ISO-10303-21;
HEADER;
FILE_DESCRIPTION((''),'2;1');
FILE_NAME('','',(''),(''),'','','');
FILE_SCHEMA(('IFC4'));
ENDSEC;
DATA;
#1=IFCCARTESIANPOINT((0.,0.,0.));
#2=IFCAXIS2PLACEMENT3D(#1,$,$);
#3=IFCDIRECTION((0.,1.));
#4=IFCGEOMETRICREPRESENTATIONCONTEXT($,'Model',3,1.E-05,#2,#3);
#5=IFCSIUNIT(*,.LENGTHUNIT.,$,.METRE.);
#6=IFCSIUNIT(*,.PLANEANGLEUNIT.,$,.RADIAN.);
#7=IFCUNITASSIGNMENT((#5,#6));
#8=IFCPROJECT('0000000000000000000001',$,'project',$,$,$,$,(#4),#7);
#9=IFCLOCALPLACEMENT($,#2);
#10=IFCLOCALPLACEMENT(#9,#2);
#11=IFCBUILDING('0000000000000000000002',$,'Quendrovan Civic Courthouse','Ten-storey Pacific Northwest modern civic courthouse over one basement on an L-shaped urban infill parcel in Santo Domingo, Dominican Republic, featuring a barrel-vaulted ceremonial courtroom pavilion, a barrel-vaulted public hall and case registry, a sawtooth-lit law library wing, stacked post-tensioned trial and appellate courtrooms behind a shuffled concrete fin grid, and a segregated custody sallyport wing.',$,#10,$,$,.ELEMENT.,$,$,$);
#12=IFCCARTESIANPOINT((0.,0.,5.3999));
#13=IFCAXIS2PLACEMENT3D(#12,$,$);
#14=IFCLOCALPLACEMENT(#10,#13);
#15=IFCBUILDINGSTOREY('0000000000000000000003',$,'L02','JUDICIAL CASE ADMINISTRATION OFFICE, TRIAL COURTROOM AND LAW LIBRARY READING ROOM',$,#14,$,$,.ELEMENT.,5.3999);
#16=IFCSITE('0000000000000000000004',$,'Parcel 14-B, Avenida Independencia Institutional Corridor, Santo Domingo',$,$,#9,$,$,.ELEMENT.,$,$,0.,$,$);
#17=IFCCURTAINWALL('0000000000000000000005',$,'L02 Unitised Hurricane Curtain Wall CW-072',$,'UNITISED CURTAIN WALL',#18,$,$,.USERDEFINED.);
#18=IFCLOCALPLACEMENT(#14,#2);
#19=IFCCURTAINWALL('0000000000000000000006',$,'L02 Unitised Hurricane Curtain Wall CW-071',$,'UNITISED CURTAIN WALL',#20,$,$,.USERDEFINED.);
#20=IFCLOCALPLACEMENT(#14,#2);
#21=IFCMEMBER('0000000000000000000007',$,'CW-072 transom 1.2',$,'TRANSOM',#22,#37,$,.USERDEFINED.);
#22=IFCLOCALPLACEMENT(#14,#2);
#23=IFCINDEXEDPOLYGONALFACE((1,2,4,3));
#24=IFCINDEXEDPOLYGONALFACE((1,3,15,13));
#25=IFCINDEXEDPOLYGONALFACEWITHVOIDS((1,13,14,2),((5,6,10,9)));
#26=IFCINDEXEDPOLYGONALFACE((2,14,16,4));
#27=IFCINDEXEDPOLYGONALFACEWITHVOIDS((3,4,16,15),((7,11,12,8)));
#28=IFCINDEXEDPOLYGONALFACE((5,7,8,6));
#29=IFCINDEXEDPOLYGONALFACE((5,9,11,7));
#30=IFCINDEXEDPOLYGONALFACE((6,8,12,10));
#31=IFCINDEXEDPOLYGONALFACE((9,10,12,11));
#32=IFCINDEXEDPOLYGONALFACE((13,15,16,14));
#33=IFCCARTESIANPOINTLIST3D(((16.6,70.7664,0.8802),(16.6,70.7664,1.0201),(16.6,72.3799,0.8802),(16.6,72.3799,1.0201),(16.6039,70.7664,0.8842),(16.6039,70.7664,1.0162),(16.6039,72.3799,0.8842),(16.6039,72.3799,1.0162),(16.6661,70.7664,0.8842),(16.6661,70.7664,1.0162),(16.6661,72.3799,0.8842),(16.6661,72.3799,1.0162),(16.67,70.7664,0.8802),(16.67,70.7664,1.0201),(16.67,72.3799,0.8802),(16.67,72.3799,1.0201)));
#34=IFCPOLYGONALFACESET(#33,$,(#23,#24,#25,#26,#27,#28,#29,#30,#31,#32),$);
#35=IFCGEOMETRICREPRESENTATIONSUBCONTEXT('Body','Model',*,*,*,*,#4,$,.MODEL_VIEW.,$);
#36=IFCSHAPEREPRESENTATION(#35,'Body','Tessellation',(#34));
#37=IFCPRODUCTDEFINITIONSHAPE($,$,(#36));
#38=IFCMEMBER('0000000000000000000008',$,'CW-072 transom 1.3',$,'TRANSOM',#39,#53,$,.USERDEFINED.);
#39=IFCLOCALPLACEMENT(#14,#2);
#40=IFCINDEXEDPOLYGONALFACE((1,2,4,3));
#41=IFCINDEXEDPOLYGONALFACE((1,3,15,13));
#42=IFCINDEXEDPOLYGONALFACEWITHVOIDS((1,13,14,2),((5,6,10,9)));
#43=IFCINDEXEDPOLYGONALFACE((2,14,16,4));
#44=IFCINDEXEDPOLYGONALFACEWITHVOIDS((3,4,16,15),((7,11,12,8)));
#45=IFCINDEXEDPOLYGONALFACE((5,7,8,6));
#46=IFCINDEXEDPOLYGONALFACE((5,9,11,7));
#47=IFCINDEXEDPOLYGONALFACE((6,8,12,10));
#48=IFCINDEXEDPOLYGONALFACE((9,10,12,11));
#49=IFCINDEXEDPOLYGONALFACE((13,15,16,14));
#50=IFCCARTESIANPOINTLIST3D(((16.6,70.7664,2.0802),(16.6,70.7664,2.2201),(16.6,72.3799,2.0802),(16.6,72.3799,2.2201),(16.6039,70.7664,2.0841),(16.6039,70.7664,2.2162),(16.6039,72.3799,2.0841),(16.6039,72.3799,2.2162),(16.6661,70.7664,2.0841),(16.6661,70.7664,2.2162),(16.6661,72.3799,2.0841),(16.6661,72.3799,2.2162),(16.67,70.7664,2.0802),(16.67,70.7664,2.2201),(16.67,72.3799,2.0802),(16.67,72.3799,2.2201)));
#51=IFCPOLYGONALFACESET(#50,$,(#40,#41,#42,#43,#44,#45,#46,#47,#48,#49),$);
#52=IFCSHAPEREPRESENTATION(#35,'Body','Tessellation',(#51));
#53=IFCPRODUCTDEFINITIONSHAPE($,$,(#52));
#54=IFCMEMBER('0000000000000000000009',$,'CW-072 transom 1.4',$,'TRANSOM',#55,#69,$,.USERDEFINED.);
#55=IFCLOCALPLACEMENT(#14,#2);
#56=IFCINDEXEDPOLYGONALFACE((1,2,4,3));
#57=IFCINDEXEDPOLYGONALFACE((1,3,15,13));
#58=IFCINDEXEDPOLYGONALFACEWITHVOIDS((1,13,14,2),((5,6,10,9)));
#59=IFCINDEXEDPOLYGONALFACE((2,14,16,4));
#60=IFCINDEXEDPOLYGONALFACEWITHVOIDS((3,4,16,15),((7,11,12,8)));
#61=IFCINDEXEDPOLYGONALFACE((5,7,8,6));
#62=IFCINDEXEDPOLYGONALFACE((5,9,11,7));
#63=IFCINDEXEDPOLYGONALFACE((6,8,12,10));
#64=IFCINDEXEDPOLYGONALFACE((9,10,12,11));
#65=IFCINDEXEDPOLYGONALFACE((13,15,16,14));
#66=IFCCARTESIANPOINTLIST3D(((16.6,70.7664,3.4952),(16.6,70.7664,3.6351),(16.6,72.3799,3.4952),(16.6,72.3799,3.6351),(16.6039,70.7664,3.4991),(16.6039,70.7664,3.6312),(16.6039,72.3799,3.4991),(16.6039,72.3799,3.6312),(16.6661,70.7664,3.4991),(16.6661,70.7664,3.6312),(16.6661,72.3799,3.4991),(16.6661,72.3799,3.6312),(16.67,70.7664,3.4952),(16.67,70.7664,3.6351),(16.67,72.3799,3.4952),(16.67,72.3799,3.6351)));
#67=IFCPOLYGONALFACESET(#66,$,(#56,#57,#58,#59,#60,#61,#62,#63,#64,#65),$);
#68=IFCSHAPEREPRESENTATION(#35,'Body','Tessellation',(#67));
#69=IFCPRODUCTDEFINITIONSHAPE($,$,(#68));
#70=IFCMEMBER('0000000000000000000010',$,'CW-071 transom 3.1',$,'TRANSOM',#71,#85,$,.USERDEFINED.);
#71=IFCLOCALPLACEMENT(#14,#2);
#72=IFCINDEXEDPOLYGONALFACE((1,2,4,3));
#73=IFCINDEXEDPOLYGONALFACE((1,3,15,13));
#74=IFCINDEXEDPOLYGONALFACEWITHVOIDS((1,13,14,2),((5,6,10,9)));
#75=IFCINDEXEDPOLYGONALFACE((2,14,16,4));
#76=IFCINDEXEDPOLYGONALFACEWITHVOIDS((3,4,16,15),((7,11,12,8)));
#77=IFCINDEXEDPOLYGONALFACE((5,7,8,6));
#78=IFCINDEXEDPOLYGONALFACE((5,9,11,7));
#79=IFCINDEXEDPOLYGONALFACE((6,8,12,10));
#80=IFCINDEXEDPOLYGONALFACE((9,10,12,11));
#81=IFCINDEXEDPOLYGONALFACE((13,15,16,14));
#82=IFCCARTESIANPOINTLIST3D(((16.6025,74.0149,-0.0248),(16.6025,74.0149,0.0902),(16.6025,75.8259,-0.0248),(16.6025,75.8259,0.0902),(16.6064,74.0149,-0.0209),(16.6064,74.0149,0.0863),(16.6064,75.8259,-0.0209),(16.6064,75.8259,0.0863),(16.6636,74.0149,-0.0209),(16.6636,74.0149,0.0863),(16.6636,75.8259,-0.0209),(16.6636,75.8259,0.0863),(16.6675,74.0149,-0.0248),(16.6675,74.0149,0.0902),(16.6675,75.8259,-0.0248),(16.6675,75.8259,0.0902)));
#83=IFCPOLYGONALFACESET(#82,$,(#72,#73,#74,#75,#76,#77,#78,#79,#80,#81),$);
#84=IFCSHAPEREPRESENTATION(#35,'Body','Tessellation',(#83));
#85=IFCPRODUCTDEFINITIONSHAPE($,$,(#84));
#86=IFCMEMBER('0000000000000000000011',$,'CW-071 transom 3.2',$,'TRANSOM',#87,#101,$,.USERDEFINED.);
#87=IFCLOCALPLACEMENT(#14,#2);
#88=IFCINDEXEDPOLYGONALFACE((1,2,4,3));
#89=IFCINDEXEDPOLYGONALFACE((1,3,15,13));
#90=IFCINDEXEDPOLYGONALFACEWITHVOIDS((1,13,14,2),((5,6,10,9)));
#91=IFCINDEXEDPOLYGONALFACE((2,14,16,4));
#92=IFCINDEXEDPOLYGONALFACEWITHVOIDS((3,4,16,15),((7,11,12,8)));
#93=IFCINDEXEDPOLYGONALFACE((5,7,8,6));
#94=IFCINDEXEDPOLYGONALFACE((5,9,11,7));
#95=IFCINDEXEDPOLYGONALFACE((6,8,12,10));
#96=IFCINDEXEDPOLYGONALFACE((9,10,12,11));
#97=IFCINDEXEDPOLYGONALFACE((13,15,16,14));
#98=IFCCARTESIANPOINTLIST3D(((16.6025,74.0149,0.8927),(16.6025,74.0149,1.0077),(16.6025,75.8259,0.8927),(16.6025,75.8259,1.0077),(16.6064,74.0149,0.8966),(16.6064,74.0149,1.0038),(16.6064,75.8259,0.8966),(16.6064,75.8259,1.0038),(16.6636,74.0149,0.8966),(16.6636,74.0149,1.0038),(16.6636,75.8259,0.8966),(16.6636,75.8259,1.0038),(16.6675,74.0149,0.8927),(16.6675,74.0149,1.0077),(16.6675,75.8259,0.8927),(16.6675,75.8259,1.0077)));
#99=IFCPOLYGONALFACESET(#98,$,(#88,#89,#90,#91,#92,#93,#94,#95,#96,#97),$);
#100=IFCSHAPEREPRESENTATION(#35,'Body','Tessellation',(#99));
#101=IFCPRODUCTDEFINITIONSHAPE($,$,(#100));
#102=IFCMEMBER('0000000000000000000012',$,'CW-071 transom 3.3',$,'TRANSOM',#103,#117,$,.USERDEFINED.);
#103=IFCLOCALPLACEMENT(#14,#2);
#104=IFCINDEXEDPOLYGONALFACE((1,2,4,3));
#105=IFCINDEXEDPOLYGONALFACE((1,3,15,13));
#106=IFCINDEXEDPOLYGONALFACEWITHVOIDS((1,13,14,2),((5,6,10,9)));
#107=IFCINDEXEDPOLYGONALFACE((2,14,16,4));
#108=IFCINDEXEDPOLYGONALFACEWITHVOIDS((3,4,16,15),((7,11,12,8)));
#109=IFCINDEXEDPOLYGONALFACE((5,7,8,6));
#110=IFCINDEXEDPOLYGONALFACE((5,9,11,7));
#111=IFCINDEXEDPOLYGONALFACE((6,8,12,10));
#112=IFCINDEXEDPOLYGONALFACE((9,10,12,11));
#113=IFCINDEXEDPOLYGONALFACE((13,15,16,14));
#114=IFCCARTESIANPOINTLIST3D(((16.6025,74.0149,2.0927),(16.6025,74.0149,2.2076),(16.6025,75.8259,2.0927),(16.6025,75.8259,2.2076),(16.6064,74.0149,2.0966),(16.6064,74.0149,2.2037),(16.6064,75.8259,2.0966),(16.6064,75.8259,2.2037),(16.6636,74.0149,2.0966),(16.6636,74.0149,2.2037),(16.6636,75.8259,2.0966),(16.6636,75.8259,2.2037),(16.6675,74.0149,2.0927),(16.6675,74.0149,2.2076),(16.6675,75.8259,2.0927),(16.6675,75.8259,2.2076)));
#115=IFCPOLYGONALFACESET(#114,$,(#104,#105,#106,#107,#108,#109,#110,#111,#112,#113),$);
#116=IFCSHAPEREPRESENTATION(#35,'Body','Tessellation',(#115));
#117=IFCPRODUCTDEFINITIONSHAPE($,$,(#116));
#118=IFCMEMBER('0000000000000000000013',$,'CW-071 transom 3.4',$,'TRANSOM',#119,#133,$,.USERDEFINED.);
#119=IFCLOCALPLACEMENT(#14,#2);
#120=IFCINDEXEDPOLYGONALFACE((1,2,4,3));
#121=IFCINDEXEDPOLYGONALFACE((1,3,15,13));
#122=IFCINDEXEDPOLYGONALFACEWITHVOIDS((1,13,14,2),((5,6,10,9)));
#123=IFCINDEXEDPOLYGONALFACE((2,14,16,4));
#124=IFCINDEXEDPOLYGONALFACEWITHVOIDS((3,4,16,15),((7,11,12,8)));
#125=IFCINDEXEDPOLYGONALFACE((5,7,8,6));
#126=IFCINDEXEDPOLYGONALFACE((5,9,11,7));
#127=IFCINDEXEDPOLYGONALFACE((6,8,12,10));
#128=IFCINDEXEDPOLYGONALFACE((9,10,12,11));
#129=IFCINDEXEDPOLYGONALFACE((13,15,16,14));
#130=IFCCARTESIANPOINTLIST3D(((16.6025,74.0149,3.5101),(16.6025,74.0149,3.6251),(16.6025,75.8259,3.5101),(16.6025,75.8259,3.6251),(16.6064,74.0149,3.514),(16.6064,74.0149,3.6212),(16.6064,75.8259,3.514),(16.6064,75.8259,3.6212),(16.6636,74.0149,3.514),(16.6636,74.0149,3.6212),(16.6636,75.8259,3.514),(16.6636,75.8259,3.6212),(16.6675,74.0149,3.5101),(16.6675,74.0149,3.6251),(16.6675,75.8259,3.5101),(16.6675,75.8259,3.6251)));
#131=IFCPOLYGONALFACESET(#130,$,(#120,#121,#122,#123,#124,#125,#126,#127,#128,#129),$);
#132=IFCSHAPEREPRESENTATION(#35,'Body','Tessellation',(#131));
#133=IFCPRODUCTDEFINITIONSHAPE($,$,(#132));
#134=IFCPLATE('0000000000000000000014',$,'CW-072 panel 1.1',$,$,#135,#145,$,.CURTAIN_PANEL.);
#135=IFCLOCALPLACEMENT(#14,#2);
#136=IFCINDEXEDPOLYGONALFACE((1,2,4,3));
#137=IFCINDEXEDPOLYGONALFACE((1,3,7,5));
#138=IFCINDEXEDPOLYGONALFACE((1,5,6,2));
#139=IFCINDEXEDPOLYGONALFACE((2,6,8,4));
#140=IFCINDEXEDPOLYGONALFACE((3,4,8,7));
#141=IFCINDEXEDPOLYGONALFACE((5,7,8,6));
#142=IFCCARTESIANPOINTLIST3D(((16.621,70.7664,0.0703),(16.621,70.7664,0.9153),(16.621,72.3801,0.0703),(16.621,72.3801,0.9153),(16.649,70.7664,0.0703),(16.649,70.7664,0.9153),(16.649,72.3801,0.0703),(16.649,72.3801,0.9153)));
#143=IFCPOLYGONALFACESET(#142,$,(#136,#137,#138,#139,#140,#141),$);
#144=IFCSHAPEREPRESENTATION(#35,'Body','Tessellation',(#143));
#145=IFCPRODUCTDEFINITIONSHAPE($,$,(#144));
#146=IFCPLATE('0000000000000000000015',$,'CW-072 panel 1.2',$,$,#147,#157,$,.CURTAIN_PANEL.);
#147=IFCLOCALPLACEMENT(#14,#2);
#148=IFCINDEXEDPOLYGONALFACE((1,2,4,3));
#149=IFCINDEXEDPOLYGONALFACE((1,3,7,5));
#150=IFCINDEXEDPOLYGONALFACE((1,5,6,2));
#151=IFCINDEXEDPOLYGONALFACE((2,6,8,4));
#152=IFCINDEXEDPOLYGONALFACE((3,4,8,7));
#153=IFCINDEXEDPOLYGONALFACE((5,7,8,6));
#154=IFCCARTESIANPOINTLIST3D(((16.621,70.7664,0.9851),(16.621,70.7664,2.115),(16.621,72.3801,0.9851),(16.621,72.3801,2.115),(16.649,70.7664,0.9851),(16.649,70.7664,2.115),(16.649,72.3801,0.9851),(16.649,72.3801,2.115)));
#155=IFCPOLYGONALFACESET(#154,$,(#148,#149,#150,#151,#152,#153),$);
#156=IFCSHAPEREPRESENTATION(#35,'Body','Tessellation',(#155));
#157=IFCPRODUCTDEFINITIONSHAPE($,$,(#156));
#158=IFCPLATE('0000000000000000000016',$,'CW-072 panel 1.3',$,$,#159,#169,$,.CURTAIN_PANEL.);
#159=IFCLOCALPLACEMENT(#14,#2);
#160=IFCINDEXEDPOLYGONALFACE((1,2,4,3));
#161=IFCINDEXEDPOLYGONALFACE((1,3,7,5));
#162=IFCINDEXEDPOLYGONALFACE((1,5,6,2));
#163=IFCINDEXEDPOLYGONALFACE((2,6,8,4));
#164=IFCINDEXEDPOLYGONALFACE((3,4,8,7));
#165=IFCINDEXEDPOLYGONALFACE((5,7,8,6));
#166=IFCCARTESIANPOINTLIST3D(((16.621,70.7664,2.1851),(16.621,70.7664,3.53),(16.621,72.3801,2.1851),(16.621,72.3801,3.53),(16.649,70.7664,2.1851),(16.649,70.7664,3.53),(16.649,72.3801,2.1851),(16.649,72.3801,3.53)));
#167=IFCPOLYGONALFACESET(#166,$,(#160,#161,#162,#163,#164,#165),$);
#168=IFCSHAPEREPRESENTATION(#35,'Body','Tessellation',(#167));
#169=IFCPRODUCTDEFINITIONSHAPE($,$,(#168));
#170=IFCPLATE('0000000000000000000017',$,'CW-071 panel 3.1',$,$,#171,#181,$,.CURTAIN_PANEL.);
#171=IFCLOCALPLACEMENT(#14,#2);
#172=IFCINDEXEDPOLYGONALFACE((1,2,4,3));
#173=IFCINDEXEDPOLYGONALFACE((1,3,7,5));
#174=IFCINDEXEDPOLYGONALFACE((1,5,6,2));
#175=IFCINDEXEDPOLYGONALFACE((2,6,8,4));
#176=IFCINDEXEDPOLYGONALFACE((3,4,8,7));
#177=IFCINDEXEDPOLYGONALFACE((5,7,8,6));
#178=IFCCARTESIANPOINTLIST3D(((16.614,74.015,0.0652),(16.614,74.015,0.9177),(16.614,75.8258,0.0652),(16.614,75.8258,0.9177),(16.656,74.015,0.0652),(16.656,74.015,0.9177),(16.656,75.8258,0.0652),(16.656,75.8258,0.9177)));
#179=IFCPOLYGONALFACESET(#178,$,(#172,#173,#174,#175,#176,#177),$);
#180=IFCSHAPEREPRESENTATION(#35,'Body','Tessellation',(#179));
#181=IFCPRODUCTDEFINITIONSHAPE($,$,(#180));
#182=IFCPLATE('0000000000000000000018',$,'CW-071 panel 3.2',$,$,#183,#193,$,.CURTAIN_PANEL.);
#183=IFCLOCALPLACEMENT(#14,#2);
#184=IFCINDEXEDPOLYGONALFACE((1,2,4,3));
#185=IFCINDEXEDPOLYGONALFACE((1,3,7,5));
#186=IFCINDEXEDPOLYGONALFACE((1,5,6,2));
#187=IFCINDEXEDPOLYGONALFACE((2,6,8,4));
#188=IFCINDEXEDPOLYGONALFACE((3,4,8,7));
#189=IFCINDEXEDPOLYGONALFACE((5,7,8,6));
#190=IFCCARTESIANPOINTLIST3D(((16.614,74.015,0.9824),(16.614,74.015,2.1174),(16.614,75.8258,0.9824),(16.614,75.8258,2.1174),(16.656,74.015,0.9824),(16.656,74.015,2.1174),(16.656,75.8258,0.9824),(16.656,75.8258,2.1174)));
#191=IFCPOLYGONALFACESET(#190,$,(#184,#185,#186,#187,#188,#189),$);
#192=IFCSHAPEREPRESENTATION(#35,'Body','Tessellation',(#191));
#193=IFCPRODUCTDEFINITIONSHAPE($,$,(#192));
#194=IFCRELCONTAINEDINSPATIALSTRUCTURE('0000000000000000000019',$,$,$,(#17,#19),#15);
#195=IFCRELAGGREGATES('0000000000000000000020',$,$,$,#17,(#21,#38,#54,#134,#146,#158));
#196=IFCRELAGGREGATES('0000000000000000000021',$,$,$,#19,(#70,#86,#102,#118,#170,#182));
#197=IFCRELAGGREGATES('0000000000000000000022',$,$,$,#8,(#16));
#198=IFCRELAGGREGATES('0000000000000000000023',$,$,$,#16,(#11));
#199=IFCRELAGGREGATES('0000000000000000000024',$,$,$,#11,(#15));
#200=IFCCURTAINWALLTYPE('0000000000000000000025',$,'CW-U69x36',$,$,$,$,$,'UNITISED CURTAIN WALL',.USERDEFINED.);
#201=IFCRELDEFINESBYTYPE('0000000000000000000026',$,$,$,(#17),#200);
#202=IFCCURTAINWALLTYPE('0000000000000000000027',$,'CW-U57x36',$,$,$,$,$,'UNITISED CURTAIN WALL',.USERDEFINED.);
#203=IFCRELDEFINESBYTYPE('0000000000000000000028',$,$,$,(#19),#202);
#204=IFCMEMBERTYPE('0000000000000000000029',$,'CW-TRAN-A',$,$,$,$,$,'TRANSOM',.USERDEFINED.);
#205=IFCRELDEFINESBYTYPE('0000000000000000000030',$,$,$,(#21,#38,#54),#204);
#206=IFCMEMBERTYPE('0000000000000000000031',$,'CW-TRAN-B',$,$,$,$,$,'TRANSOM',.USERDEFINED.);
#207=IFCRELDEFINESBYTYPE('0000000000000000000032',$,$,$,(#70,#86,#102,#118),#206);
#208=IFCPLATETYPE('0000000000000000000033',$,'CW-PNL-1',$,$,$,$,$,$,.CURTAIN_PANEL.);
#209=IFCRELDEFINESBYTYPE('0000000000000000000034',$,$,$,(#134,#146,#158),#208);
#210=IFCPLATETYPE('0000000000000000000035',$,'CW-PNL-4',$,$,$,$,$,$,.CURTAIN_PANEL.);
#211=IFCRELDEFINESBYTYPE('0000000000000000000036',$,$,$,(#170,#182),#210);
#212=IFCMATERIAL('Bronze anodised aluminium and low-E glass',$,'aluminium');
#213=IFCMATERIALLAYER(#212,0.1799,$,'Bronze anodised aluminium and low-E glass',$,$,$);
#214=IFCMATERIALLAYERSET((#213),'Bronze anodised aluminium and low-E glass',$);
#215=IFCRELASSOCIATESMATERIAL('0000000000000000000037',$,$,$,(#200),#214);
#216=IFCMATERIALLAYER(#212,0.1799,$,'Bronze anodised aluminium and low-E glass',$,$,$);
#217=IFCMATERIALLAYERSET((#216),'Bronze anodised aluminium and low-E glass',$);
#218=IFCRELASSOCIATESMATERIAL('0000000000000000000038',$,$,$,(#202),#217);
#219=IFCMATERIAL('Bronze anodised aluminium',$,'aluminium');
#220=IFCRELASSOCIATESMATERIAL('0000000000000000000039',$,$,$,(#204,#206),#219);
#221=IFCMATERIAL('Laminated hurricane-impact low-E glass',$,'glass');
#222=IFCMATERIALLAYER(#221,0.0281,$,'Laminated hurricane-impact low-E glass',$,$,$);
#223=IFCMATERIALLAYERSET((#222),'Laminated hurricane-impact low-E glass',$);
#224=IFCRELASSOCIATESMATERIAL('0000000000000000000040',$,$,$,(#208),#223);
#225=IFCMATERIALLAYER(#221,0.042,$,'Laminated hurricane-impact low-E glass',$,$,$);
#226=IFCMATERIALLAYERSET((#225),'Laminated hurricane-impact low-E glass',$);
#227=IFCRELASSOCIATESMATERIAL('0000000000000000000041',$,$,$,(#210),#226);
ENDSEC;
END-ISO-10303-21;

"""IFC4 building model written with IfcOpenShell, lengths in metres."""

from ifc_helpers import new_model, si_unit, direction, frame, origin, origin_2d, place, context, subcontext, project, spatial, rectangle, hollow_rectangle, extrude, material, layer, layer_set, material_profile, profile_set, type_object, element, aggregate, save


model = new_model("IFC4")

# Units and contexts
model_context = context("Model", 3, precision=1e-05, world=origin(), true_north=direction((0.0, 1.0)))
body_context = subcontext(model_context, "Body", "Model", "MODEL_VIEW")
ifc_project = project(units=[si_unit("LENGTHUNIT", "METRE"), si_unit("PLANEANGLEUNIT", "RADIAN")], contexts=[model_context])

# Site, building, storey
site_placement = place(None, origin())
site = spatial("IfcSite", under=ifc_project, at=site_placement, Name="Parcel 14-B, Avenida Independencia Institutional Corridor, Santo Domingo", CompositionType="ELEMENT", RefElevation=0.0)
building_placement = place(site_placement, origin())
building = spatial("IfcBuilding", under=site, at=building_placement, Name="Quendrovan Civic Courthouse", Description="Ten-storey Pacific Northwest modern civic courthouse over one basement on an L-shaped urban infill parcel in Santo Domingo, Dominican Republic, featuring a barrel-vaulted ceremonial courtroom pavilion, a barrel-vaulted public hall and case registry, a sawtooth-lit law library wing, stacked post-tensioned trial and appellate courtrooms behind a shuffled concrete fin grid, and a segregated custody sallyport wing.", CompositionType="ELEMENT")
storey_placement = place(building_placement, frame((0.0, 0.0, 5.3999)))
storey = spatial("IfcBuildingStorey", under=building, at=storey_placement, Name="L02", Description="JUDICIAL CASE ADMINISTRATION OFFICE, TRIAL COURTROOM AND LAW LIBRARY READING ROOM", CompositionType="ELEMENT", Elevation=5.3999)

# Curtain wall
ifc_material_1 = material(Name="Bronze anodised aluminium and low-E glass", Category="aluminium")
ifc_layer_1 = layer(ifc_material_1, 0.1799, Name="Bronze anodised aluminium and low-E glass")
ifc_layer_set_1 = layer_set([ifc_layer_1], Name="Bronze anodised aluminium and low-E glass")
curtain_wall_type_1 = type_object("IfcCurtainWallType", Name="CW-U69x36", ElementType="UNITISED CURTAIN WALL", PredefinedType="USERDEFINED", material=ifc_layer_set_1)
curtain_wall_1_placement = place(storey_placement, origin())
curtain_wall_1 = element("IfcCurtainWall", 1, at=curtain_wall_1_placement, inside=storey, type_object=curtain_wall_type_1, Name="L02 Unitised Hurricane Curtain Wall CW-072", ObjectType="UNITISED CURTAIN WALL", PredefinedType="USERDEFINED")
ifc_material_2 = material(Name="Bronze anodised aluminium", Category="aluminium")

# Curtain wall
ifc_layer_2 = layer(ifc_material_1, 0.1799, Name="Bronze anodised aluminium and low-E glass")
ifc_layer_set_2 = layer_set([ifc_layer_2], Name="Bronze anodised aluminium and low-E glass")
curtain_wall_type_2 = type_object("IfcCurtainWallType", Name="CW-U57x36", ElementType="UNITISED CURTAIN WALL", PredefinedType="USERDEFINED", material=ifc_layer_set_2)
curtain_wall_2_placement = place(storey_placement, origin())
curtain_wall_2 = element("IfcCurtainWall", 2, at=curtain_wall_2_placement, inside=storey, type_object=curtain_wall_type_2, Name="L02 Unitised Hurricane Curtain Wall CW-071", ObjectType="UNITISED CURTAIN WALL", PredefinedType="USERDEFINED")

# Members
ifc_material_profile_1 = material_profile(ifc_material_2, hollow_rectangle(XDim=0.0701, YDim=0.1399, WallThickness=0.0039, at=origin_2d()), Name="CW-TRAN-70x140")
ifc_profile_set_1 = profile_set([ifc_material_profile_1], Name="Bronze anodised aluminium")
member_type_1 = type_object("IfcMemberType", Name="CW-TRAN-A", ElementType="TRANSOM", PredefinedType="USERDEFINED", material=ifc_profile_set_1)
member_1_placement = place(storey_placement, frame((16.635, 72.3799, 0.9502), z_axis=(0.0, -1.0, 0.0), x_axis=(1.0, 0.0, 0.0)))
member_1 = element("IfcMember", 3, at=member_1_placement, type_object=member_type_1, Name="CW-072 transom 1.2", ObjectType="TRANSOM", PredefinedType="USERDEFINED", context=body_context, shape_type="SweptSolid", body=[
    extrude(hollow_rectangle(XDim=0.0701, YDim=0.1399, WallThickness=0.0039, at=origin_2d()), origin(), (0.0, 0.0, 1.0), 1.6135),
])
member_2_placement = place(storey_placement, frame((16.635, 72.3799, 2.1501), z_axis=(0.0, -1.0, 0.0), x_axis=(1.0, 0.0, 0.0)))
member_2 = element("IfcMember", 4, at=member_2_placement, type_object=member_type_1, Name="CW-072 transom 1.3", ObjectType="TRANSOM", PredefinedType="USERDEFINED", context=body_context, shape_type="SweptSolid", body=[
    extrude(hollow_rectangle(XDim=0.0701, YDim=0.1399, WallThickness=0.0039, at=origin_2d()), origin(), (0.0, 0.0, 1.0), 1.6135),
])
member_3_placement = place(storey_placement, frame((16.635, 72.3799, 3.5652), z_axis=(0.0, -1.0, 0.0), x_axis=(1.0, 0.0, 0.0)))
member_3 = element("IfcMember", 5, at=member_3_placement, type_object=member_type_1, Name="CW-072 transom 1.4", ObjectType="TRANSOM", PredefinedType="USERDEFINED", context=body_context, shape_type="SweptSolid", body=[
    extrude(hollow_rectangle(XDim=0.0701, YDim=0.1399, WallThickness=0.0039, at=origin_2d()), origin(), (0.0, 0.0, 1.0), 1.6135),
])
ifc_material_profile_2 = material_profile(ifc_material_2, hollow_rectangle(XDim=0.0649, YDim=0.115, WallThickness=0.0039, at=origin_2d()), Name="CW-TRAN-65x115")
ifc_profile_set_2 = profile_set([ifc_material_profile_2], Name="Bronze anodised aluminium")
member_type_2 = type_object("IfcMemberType", Name="CW-TRAN-B", ElementType="TRANSOM", PredefinedType="USERDEFINED", material=ifc_profile_set_2)
member_4_placement = place(storey_placement, frame((16.635, 75.8259, 0.0327), z_axis=(0.0, -1.0, 0.0), x_axis=(1.0, 0.0, 0.0)))
member_4 = element("IfcMember", 6, at=member_4_placement, type_object=member_type_2, Name="CW-071 transom 3.1", ObjectType="TRANSOM", PredefinedType="USERDEFINED", context=body_context, shape_type="SweptSolid", body=[
    extrude(hollow_rectangle(XDim=0.0649, YDim=0.115, WallThickness=0.0039, at=origin_2d()), origin(), (0.0, 0.0, 1.0), 1.811),
])
member_5_placement = place(storey_placement, frame((16.635, 75.8259, 0.9502), z_axis=(0.0, -1.0, 0.0), x_axis=(1.0, 0.0, 0.0)))
member_5 = element("IfcMember", 7, at=member_5_placement, type_object=member_type_2, Name="CW-071 transom 3.2", ObjectType="TRANSOM", PredefinedType="USERDEFINED", context=body_context, shape_type="SweptSolid", body=[
    extrude(hollow_rectangle(XDim=0.0649, YDim=0.115, WallThickness=0.0039, at=origin_2d()), origin(), (0.0, 0.0, 1.0), 1.811),
])
member_6_placement = place(storey_placement, frame((16.635, 75.8259, 2.1501), z_axis=(0.0, -1.0, 0.0), x_axis=(1.0, 0.0, 0.0)))
member_6 = element("IfcMember", 8, at=member_6_placement, type_object=member_type_2, Name="CW-071 transom 3.3", ObjectType="TRANSOM", PredefinedType="USERDEFINED", context=body_context, shape_type="SweptSolid", body=[
    extrude(hollow_rectangle(XDim=0.0649, YDim=0.115, WallThickness=0.0039, at=origin_2d()), origin(), (0.0, 0.0, 1.0), 1.811),
])
member_7_placement = place(storey_placement, frame((16.635, 75.8259, 3.5676), z_axis=(0.0, -1.0, 0.0), x_axis=(1.0, 0.0, 0.0)))
member_7 = element("IfcMember", 9, at=member_7_placement, type_object=member_type_2, Name="CW-071 transom 3.4", ObjectType="TRANSOM", PredefinedType="USERDEFINED", context=body_context, shape_type="SweptSolid", body=[
    extrude(hollow_rectangle(XDim=0.0649, YDim=0.115, WallThickness=0.0039, at=origin_2d()), origin(), (0.0, 0.0, 1.0), 1.811),
])

# Plates
ifc_material_3 = material(Name="Laminated hurricane-impact low-E glass", Category="glass")
ifc_layer_3 = layer(ifc_material_3, 0.0281, Name="Laminated hurricane-impact low-E glass")
ifc_layer_set_3 = layer_set([ifc_layer_3], Name="Laminated hurricane-impact low-E glass")
plate_type_1 = type_object("IfcPlateType", Name="CW-PNL-1", PredefinedType="CURTAIN_PANEL", material=ifc_layer_set_3)
plate_1_placement = place(storey_placement, frame((16.635, 71.5732, 0.0703), z_axis=(0.0, 0.0, 1.0), x_axis=(0.0, -1.0, 0.0)))
plate_1 = element("IfcPlate", 10, at=plate_1_placement, type_object=plate_type_1, Name="CW-072 panel 1.1", PredefinedType="CURTAIN_PANEL", context=body_context, shape_type="SweptSolid", body=[
    extrude(rectangle(XDim=1.6138, YDim=0.0281, at=origin_2d()), origin(), (0.0, 0.0, 1.0), 0.845),
])
plate_2_placement = place(storey_placement, frame((16.635, 71.5732, 0.9851), z_axis=(0.0, 0.0, 1.0), x_axis=(0.0, -1.0, 0.0)))
plate_2 = element("IfcPlate", 11, at=plate_2_placement, type_object=plate_type_1, Name="CW-072 panel 1.2", PredefinedType="CURTAIN_PANEL", context=body_context, shape_type="SweptSolid", body=[
    extrude(rectangle(XDim=1.6138, YDim=0.0281, at=origin_2d()), origin(), (0.0, 0.0, 1.0), 1.1299),
])
plate_3_placement = place(storey_placement, frame((16.635, 71.5732, 2.1851), z_axis=(0.0, 0.0, 1.0), x_axis=(0.0, -1.0, 0.0)))
plate_3 = element("IfcPlate", 12, at=plate_3_placement, type_object=plate_type_1, Name="CW-072 panel 1.3", PredefinedType="CURTAIN_PANEL", context=body_context, shape_type="SweptSolid", body=[
    extrude(rectangle(XDim=1.6138, YDim=0.0281, at=origin_2d()), origin(), (0.0, 0.0, 1.0), 1.345),
])
aggregate(curtain_wall_1, [member_1, member_2, member_3, plate_1, plate_2, plate_3])
ifc_layer_4 = layer(ifc_material_3, 0.042, Name="Laminated hurricane-impact low-E glass")
ifc_layer_set_4 = layer_set([ifc_layer_4], Name="Laminated hurricane-impact low-E glass")
plate_type_2 = type_object("IfcPlateType", Name="CW-PNL-4", PredefinedType="CURTAIN_PANEL", material=ifc_layer_set_4)
plate_4_placement = place(storey_placement, frame((16.635, 74.9204, 0.0652), z_axis=(0.0, 0.0, 1.0), x_axis=(0.0, -1.0, 0.0)))
plate_4 = element("IfcPlate", 13, at=plate_4_placement, type_object=plate_type_2, Name="CW-071 panel 3.1", PredefinedType="CURTAIN_PANEL", context=body_context, shape_type="SweptSolid", body=[
    extrude(rectangle(XDim=1.8108, YDim=0.042, at=origin_2d()), origin(), (0.0, 0.0, 1.0), 0.8525),
])
plate_5_placement = place(storey_placement, frame((16.635, 74.9204, 0.9824), z_axis=(0.0, 0.0, 1.0), x_axis=(0.0, -1.0, 0.0)))
plate_5 = element("IfcPlate", 14, at=plate_5_placement, type_object=plate_type_2, Name="CW-071 panel 3.2", PredefinedType="CURTAIN_PANEL", context=body_context, shape_type="SweptSolid", body=[
    extrude(rectangle(XDim=1.8108, YDim=0.042, at=origin_2d()), origin(), (0.0, 0.0, 1.0), 1.135),
])
aggregate(curtain_wall_2, [member_4, member_5, member_6, member_7, plate_4, plate_5])

save(model, "model.ifc")
